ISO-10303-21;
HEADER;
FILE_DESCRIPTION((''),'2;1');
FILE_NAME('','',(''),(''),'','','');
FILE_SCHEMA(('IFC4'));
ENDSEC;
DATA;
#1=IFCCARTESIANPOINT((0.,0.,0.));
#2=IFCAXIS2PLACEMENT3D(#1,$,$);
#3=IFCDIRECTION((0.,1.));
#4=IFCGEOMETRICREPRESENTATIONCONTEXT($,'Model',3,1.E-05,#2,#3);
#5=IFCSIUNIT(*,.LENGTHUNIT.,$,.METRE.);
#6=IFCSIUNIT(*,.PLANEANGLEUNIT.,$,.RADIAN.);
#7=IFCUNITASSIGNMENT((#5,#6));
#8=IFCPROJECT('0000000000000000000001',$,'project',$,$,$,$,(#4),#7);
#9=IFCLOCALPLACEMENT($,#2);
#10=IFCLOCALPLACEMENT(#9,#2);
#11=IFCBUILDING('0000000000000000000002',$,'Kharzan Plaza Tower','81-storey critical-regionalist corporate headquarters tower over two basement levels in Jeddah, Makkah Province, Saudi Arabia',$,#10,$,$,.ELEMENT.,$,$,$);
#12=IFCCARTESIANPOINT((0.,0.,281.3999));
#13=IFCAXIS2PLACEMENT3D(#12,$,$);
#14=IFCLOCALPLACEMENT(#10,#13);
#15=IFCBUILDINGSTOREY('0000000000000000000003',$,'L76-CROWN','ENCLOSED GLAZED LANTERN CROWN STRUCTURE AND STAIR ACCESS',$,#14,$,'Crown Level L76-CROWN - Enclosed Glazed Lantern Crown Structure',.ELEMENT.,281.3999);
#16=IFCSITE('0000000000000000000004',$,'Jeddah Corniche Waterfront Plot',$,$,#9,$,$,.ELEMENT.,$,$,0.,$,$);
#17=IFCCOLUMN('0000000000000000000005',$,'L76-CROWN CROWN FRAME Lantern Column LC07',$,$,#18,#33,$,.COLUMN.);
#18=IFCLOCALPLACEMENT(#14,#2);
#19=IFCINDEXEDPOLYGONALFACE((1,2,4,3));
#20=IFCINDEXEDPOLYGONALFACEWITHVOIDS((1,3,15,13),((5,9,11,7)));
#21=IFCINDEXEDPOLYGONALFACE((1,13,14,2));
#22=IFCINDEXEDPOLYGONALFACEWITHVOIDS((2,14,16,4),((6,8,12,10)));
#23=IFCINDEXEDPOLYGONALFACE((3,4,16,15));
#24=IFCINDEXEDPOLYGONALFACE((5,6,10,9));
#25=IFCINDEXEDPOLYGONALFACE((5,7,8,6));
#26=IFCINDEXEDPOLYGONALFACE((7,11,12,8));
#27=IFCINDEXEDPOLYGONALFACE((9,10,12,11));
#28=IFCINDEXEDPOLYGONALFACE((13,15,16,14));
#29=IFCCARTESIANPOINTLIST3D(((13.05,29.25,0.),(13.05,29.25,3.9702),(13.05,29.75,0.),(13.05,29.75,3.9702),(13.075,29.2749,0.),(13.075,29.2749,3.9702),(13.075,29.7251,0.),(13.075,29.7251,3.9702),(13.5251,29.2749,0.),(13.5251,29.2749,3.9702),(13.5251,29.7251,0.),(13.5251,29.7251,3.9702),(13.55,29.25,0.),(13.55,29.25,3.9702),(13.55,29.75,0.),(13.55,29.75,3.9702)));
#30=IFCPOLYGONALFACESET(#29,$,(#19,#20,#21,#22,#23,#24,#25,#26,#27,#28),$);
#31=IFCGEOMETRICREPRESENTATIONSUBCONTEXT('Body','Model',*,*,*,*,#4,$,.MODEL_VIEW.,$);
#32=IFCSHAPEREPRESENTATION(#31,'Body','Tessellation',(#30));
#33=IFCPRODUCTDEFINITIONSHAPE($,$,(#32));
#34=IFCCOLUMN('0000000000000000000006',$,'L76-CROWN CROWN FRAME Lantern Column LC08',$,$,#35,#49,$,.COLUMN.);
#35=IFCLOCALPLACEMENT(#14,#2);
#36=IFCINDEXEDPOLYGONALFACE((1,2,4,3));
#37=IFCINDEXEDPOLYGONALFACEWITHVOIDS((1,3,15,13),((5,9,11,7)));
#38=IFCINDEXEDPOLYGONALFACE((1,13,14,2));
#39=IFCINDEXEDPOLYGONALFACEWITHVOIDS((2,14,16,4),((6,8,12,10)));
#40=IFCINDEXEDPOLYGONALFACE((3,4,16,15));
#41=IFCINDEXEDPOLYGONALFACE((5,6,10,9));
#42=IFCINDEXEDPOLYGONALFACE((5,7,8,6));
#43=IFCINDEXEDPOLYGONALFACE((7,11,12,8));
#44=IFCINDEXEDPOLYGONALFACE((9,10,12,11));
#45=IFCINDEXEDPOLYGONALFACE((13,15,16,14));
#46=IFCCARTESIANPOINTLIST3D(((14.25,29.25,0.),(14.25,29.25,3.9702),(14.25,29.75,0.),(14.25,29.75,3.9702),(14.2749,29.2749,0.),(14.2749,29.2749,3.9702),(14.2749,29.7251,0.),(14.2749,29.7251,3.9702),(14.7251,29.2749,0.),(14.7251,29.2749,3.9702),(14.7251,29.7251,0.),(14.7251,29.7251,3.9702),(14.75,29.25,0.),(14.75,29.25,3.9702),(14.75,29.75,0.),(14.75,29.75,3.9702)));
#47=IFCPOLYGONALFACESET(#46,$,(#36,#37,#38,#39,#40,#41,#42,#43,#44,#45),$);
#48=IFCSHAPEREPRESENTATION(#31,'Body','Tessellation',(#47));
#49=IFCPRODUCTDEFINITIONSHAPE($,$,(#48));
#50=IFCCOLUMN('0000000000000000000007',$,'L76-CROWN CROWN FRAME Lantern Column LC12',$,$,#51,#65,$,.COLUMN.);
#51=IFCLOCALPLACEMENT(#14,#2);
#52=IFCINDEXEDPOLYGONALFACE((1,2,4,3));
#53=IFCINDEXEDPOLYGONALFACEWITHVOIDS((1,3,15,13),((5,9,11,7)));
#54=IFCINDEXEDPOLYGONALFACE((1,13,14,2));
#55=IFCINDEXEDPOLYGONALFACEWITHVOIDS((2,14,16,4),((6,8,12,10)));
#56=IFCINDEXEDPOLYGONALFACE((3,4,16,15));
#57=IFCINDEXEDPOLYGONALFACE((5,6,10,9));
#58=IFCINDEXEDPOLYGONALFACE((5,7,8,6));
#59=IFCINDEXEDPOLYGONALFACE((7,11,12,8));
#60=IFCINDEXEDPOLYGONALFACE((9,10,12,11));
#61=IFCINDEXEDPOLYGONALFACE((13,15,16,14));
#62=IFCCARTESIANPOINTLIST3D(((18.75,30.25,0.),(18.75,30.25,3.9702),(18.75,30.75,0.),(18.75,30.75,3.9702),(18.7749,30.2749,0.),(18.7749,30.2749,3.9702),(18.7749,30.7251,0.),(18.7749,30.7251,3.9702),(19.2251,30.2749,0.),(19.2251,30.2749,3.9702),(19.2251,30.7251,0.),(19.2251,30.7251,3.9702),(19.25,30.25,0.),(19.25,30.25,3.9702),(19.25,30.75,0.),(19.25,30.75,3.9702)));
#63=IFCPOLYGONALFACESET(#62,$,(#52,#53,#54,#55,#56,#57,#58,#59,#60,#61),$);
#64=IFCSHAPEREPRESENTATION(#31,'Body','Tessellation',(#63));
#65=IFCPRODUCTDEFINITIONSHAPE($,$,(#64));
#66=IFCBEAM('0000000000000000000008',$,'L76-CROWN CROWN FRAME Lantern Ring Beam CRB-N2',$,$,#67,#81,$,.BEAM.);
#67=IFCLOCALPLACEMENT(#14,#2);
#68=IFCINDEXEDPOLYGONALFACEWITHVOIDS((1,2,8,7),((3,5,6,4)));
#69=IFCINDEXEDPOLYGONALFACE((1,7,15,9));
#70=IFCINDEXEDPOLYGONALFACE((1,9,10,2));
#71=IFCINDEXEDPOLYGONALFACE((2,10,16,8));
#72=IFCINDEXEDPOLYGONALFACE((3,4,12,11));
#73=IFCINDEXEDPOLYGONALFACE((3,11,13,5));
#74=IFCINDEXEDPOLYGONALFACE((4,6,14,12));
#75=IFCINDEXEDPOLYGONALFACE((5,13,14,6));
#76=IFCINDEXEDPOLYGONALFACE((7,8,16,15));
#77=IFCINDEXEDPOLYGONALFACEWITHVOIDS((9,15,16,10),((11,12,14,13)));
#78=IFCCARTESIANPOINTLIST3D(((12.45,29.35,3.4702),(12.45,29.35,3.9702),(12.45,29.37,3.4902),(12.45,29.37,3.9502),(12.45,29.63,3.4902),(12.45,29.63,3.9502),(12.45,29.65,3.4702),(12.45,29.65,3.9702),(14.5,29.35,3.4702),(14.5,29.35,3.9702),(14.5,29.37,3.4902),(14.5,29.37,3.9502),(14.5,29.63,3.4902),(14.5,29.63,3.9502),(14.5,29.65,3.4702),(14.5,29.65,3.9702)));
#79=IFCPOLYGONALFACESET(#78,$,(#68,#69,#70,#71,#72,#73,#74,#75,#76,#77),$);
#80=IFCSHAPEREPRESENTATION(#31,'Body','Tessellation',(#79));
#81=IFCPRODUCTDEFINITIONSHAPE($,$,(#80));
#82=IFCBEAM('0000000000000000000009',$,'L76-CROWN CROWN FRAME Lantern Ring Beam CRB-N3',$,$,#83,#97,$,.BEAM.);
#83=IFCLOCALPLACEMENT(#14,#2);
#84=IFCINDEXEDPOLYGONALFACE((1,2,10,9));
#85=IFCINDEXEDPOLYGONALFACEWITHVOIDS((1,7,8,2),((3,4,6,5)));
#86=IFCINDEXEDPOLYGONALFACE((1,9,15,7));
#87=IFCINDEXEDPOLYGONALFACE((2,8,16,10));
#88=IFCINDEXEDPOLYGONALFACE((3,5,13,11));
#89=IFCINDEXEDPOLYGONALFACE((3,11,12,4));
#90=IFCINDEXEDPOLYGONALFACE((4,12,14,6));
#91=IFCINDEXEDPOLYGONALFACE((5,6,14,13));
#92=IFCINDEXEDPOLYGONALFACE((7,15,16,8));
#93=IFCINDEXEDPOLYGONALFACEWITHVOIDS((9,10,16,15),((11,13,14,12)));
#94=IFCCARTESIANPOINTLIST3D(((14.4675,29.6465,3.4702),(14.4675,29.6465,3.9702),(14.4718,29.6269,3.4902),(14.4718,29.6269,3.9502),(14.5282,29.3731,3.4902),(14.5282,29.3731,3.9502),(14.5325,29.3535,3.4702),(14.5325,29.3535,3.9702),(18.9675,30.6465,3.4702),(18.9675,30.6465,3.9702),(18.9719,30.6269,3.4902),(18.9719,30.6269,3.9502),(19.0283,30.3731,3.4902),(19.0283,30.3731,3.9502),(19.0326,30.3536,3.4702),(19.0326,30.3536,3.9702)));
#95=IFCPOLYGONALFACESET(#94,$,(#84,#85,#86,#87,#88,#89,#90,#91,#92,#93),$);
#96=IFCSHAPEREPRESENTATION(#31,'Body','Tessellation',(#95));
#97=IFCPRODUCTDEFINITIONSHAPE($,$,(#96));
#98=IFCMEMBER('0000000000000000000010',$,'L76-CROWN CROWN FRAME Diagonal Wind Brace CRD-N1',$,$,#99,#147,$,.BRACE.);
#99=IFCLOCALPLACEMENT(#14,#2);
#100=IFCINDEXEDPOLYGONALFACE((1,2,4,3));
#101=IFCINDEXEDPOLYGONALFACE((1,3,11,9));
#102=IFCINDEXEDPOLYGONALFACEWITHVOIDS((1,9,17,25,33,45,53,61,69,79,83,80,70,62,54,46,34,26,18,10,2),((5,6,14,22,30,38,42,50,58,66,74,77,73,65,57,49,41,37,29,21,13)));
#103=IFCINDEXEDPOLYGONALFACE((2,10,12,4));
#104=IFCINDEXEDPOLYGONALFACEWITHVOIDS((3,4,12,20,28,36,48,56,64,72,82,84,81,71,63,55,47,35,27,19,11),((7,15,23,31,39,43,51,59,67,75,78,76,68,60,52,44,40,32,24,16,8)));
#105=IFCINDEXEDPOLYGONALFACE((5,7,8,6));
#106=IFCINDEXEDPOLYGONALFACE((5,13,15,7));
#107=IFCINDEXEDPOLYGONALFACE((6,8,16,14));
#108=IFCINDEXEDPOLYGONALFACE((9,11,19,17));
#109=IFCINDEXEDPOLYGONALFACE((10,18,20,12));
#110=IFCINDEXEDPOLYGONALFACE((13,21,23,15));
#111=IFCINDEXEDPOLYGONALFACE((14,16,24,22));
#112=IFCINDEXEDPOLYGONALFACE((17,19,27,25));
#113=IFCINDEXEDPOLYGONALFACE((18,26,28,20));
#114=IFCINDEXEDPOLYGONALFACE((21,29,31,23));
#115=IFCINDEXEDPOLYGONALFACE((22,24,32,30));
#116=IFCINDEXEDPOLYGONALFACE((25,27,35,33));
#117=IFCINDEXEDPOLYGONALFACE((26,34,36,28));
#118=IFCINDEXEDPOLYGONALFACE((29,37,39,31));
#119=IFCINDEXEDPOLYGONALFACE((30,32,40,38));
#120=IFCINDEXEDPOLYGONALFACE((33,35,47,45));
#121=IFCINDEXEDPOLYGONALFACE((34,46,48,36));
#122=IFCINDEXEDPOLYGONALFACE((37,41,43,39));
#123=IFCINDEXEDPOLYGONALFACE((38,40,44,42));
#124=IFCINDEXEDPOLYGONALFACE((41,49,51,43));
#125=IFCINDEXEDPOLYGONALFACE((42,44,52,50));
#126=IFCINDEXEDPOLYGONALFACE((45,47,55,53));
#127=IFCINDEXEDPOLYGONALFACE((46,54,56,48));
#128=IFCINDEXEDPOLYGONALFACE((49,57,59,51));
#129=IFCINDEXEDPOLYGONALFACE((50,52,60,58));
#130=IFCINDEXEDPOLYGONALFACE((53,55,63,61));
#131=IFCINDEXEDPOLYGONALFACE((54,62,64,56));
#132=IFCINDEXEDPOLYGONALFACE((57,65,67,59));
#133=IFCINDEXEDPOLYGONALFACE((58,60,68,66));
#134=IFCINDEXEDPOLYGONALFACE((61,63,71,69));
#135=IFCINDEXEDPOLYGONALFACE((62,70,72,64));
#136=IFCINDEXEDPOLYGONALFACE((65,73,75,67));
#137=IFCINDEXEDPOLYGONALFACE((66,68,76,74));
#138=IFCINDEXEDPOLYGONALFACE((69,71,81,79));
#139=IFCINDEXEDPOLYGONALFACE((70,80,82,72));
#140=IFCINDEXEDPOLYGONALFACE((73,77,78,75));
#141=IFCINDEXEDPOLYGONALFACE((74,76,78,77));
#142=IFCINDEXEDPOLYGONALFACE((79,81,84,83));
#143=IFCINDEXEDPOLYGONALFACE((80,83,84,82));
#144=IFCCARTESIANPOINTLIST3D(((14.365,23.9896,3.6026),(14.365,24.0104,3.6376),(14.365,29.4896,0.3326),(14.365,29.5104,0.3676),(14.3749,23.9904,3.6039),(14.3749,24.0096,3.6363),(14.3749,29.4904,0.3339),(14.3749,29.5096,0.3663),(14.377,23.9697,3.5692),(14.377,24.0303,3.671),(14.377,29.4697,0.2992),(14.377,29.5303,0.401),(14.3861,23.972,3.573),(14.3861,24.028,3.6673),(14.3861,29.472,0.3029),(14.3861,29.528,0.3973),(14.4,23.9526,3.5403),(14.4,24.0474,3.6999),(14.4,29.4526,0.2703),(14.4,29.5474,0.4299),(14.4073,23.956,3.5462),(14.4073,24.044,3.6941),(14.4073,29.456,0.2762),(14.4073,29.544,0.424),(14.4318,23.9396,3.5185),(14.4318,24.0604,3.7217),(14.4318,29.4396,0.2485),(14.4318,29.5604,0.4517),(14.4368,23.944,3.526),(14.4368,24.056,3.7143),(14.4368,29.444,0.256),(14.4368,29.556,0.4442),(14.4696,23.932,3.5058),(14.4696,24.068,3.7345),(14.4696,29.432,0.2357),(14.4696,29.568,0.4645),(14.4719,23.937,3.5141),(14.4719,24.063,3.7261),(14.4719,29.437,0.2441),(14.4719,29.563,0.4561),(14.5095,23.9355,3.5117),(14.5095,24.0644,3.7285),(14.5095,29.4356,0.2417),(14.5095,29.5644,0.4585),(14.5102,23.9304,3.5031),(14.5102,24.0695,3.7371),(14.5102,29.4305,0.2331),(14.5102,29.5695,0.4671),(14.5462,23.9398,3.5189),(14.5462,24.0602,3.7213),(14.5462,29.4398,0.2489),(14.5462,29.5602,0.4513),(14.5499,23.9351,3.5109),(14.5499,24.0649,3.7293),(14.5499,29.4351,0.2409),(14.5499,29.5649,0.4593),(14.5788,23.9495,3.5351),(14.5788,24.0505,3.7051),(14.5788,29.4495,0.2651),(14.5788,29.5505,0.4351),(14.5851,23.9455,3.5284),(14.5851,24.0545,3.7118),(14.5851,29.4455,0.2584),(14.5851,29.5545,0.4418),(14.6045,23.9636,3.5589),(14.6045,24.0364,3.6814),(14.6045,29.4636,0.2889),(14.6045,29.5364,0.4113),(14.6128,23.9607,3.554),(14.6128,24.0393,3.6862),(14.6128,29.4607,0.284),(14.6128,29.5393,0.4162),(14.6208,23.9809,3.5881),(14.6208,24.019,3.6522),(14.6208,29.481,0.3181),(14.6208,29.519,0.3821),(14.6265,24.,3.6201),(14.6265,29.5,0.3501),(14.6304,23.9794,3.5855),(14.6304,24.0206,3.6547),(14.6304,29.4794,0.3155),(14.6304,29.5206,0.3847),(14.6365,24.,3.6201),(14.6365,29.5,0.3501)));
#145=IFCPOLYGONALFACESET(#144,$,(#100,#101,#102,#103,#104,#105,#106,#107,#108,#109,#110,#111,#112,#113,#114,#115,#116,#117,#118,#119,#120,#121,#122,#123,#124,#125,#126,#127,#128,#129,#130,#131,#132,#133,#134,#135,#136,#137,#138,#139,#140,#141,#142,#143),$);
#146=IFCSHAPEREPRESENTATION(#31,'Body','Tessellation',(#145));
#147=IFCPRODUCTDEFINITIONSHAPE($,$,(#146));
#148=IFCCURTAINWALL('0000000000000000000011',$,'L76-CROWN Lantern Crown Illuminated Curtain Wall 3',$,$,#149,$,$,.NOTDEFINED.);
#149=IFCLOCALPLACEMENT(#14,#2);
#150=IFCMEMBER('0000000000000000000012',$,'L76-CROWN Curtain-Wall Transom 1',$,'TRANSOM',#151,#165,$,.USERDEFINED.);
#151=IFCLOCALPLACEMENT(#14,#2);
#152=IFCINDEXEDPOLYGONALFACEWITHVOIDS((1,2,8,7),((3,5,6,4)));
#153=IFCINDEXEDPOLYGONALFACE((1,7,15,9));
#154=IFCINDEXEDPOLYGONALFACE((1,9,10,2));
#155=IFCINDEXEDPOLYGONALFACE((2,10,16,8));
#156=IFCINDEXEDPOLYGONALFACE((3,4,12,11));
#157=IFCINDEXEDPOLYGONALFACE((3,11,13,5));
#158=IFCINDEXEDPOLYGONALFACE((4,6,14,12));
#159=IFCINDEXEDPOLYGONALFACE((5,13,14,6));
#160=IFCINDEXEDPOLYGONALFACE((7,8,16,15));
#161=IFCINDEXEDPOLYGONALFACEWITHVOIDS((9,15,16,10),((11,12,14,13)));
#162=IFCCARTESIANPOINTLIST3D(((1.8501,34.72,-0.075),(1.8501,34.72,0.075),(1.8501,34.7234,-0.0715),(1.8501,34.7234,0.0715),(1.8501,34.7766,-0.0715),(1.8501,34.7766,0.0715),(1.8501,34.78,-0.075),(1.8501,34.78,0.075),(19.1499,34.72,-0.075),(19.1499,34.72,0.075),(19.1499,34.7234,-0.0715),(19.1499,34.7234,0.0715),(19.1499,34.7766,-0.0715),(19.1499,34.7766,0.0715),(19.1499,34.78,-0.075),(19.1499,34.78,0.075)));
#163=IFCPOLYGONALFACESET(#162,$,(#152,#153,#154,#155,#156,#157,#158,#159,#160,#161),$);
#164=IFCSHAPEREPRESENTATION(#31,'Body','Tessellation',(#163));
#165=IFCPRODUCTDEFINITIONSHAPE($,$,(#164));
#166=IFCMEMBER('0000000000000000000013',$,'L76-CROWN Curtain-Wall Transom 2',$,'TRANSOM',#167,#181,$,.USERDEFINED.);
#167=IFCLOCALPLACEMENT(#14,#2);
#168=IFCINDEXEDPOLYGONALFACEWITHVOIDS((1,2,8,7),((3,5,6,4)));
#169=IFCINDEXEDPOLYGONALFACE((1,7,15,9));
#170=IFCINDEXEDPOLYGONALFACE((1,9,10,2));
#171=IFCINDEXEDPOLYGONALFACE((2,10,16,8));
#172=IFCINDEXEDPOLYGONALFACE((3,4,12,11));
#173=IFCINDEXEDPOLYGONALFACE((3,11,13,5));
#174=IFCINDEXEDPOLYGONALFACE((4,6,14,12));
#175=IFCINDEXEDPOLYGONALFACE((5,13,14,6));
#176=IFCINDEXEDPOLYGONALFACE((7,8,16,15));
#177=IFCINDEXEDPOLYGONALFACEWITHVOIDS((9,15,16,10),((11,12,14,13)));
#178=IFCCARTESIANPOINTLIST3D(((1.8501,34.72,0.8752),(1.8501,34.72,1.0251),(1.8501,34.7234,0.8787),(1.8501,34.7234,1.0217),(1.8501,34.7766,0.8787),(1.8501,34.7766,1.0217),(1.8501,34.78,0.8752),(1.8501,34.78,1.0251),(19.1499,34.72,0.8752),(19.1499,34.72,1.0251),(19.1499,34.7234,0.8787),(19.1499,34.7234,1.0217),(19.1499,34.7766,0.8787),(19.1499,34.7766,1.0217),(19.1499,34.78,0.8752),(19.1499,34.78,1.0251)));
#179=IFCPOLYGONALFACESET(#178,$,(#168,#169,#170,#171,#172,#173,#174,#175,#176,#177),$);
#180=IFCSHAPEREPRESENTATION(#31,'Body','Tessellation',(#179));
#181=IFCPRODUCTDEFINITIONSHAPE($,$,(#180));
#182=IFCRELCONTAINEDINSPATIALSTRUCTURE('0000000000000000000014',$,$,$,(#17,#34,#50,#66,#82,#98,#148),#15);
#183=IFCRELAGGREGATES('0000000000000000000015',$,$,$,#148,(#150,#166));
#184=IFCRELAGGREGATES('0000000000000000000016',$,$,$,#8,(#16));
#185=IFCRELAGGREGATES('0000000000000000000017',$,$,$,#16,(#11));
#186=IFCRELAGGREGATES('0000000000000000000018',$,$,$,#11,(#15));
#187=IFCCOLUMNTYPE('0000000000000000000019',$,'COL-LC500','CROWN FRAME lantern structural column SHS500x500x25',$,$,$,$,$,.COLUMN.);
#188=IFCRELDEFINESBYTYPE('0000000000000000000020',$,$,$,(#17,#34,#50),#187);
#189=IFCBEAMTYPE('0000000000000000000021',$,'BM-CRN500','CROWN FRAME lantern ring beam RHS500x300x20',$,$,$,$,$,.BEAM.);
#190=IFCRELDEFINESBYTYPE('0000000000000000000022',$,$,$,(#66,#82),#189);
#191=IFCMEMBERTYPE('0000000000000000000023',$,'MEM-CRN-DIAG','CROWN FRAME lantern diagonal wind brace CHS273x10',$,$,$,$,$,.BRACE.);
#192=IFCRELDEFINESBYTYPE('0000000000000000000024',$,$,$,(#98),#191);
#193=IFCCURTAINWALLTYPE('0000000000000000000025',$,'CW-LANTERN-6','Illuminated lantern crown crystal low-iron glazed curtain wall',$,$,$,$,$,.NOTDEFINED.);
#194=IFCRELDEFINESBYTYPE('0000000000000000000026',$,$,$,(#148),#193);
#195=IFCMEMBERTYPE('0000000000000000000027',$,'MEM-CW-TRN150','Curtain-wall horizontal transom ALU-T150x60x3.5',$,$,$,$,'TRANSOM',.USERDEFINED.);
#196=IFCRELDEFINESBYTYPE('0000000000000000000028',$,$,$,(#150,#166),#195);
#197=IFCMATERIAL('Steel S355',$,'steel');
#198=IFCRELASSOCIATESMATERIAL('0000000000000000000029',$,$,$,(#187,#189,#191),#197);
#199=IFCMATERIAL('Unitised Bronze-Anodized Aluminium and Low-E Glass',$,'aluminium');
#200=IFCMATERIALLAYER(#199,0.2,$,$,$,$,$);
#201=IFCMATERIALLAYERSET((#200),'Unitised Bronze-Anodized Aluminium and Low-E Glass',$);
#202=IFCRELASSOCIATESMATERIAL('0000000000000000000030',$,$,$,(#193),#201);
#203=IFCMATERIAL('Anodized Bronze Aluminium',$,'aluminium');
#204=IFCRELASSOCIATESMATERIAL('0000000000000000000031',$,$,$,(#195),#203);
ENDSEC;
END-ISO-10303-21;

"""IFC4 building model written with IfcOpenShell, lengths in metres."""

from ifc_helpers import new_model, si_unit, direction, frame, origin, origin_2d, place, context, subcontext, project, spatial, hollow_rectangle, hollow_circle, extrude, source, transform, mapped, material, layer, layer_set, material_profile, profile_set, type_object, element, aggregate, save


model = new_model("IFC4")

# Units and contexts
model_context = context("Model", 3, precision=1e-05, world=origin(), true_north=direction((0.0, 1.0)))
body_context = subcontext(model_context, "Body", "Model", "MODEL_VIEW")
ifc_project = project(units=[si_unit("LENGTHUNIT", "METRE"), si_unit("PLANEANGLEUNIT", "RADIAN")], contexts=[model_context])

# Site, building, storey
site_placement = place(None, origin())
site = spatial("IfcSite", under=ifc_project, at=site_placement, Name="Jeddah Corniche Waterfront Plot", CompositionType="ELEMENT", RefElevation=0.0)
building_placement = place(site_placement, origin())
building = spatial("IfcBuilding", under=site, at=building_placement, Name="Kharzan Plaza Tower", Description="81-storey critical-regionalist corporate headquarters tower over two basement levels in Jeddah, Makkah Province, Saudi Arabia", CompositionType="ELEMENT")
storey_placement = place(building_placement, frame((0.0, 0.0, 281.3999)))
storey = spatial("IfcBuildingStorey", under=building, at=storey_placement, Name="L76-CROWN", Description="ENCLOSED GLAZED LANTERN CROWN STRUCTURE AND STAIR ACCESS", LongName="Crown Level L76-CROWN - Enclosed Glazed Lantern Crown Structure", CompositionType="ELEMENT", Elevation=281.3999)

# Columns
ifc_material_1 = material(Name="Steel S355", Category="steel")
ifc_material_profile_1 = material_profile(ifc_material_1, hollow_rectangle(XDim=0.5, YDim=0.5, WallThickness=0.0249, at=origin_2d()), Name="SHS500x500x25")
ifc_profile_set_1 = profile_set([ifc_material_profile_1], Name="Steel S355")
column_type = type_object("IfcColumnType", Name="COL-LC500", Description="CROWN FRAME lantern structural column SHS500x500x25", PredefinedType="COLUMN", material=ifc_profile_set_1)
shared_shape_1 = source(origin(), body_context, "Body", "SweptSolid", [
    extrude(hollow_rectangle(XDim=0.5, YDim=0.5, WallThickness=0.0249, at=origin_2d()), origin(), (0.0, 0.0, 1.0), 3.9702),
])
for number, where, z_axis, x_axis, name in (
    (1, (13.3, 29.5, 0.0), (0.0, 0.0, 1.0), (1.0, 0.0, 0.0), "L76-CROWN CROWN FRAME Lantern Column LC07"),
    (2, (14.5, 29.5, 0.0), (0.0, 0.0, 1.0), (1.0, 0.0, 0.0), "L76-CROWN CROWN FRAME Lantern Column LC08"),
    (3, (19.0, 30.5, 0.0), (0.0, 0.0, 1.0), (1.0, 0.0, 0.0), "L76-CROWN CROWN FRAME Lantern Column LC12"),
):
    element("IfcColumn", number, at=place(storey_placement, frame(where, z_axis=z_axis, x_axis=x_axis)), inside=storey, type_object=column_type, Name=name, PredefinedType="COLUMN", context=body_context, shape_type="MappedRepresentation", body=[
        mapped(shared_shape_1, transform((0.0, 0.0, 0.0), x_axis=(1.0, 0.0, 0.0), y_axis=(0.0, 1.0, 0.0), z_axis=(0.0, 0.0, 1.0))),
    ])

# Beams
ifc_material_profile_2 = material_profile(ifc_material_1, hollow_rectangle(XDim=0.3, YDim=0.5, WallThickness=0.02, at=origin_2d()), Name="RHS500x300x20")
ifc_profile_set_2 = profile_set([ifc_material_profile_2], Name="Steel S355")
beam_type = type_object("IfcBeamType", Name="BM-CRN500", Description="CROWN FRAME lantern ring beam RHS500x300x20", PredefinedType="BEAM", material=ifc_profile_set_2)
shared_shape_2 = source(origin(), body_context, "Body", "SweptSolid", [
    extrude(hollow_rectangle(XDim=0.3, YDim=0.5, WallThickness=0.02, at=origin_2d()), origin(), (0.0, 0.0, 1.0), 2.05),
])
beam_1_placement = place(storey_placement, frame((12.45, 29.5, 3.7202), z_axis=(1.0, 0.0, 0.0), x_axis=(0.0, 1.0, 0.0)))
element("IfcBeam", 4, at=beam_1_placement, inside=storey, type_object=beam_type, Name="L76-CROWN CROWN FRAME Lantern Ring Beam CRB-N2", PredefinedType="BEAM", context=body_context, shape_type="MappedRepresentation", body=[
    mapped(shared_shape_2, transform((0.0, 0.0, 0.0), x_axis=(1.0, 0.0, 0.0), y_axis=(0.0, 1.0, 0.0), z_axis=(0.0, 0.0, 1.0))),
])
shared_shape_3 = source(origin(), body_context, "Body", "SweptSolid", [
    extrude(hollow_rectangle(XDim=0.3, YDim=0.5, WallThickness=0.02, at=origin_2d()), origin(), (0.0, 0.0, 1.0), 4.6099),
])
beam_2_placement = place(storey_placement, frame((14.5, 29.5, 3.7202), z_axis=(0.976187, 0.21693, 0.0), x_axis=(-0.21693, 0.976187, 0.0)))
element("IfcBeam", 5, at=beam_2_placement, inside=storey, type_object=beam_type, Name="L76-CROWN CROWN FRAME Lantern Ring Beam CRB-N3", PredefinedType="BEAM", context=body_context, shape_type="MappedRepresentation", body=[
    mapped(shared_shape_3, transform((0.0, 0.0, 0.0), x_axis=(1.0, 0.0, 0.0), y_axis=(0.0, 1.0, 0.0), z_axis=(0.0, 0.0, 1.0))),
])

# Member
ifc_material_profile_3 = material_profile(ifc_material_1, hollow_circle(Radius=0.1365, WallThickness=0.01, at=origin_2d()), Name="CHS273x10")
ifc_profile_set_3 = profile_set([ifc_material_profile_3], Name="Steel S355")
member_type_1 = type_object("IfcMemberType", Name="MEM-CRN-DIAG", Description="CROWN FRAME lantern diagonal wind brace CHS273x10", PredefinedType="BRACE", material=ifc_profile_set_3)
shared_shape_4 = source(origin(), body_context, "Body", "SweptSolid", [
    extrude(hollow_circle(Radius=0.1365, WallThickness=0.01, at=origin_2d()), origin(), (0.0, 0.0, 1.0), 6.3987),
])
member_1_placement = place(storey_placement, frame((14.5, 29.5, 0.3501), z_axis=(0.0, -0.859553, 0.511046), x_axis=(1.0, 0.0, 0.0)))
element("IfcMember", 6, at=member_1_placement, inside=storey, type_object=member_type_1, Name="L76-CROWN CROWN FRAME Diagonal Wind Brace CRD-N1", PredefinedType="BRACE", context=body_context, shape_type="MappedRepresentation", body=[
    mapped(shared_shape_4, transform((0.0, 0.0, 0.0), x_axis=(1.0, 0.0, 0.0), y_axis=(0.0, 1.0, 0.0), z_axis=(0.0, 0.0, 1.0))),
])

# Curtain wall, members
ifc_material_2 = material(Name="Unitised Bronze-Anodized Aluminium and Low-E Glass", Category="aluminium")
ifc_layer_1 = layer(ifc_material_2, 0.2)
ifc_layer_set_1 = layer_set([ifc_layer_1], Name="Unitised Bronze-Anodized Aluminium and Low-E Glass")
curtain_wall_type = type_object("IfcCurtainWallType", Name="CW-LANTERN-6", Description="Illuminated lantern crown crystal low-iron glazed curtain wall", PredefinedType="NOTDEFINED", material=ifc_layer_set_1)
curtain_wall_1_placement = place(storey_placement, origin())
curtain_wall_1 = element("IfcCurtainWall", 7, at=curtain_wall_1_placement, inside=storey, type_object=curtain_wall_type, Name="L76-CROWN Lantern Crown Illuminated Curtain Wall 3", PredefinedType="NOTDEFINED")
ifc_material_3 = material(Name="Anodized Bronze Aluminium", Category="aluminium")
ifc_material_profile_4 = material_profile(ifc_material_3, hollow_rectangle(XDim=0.0601, YDim=0.1499, WallThickness=0.0034, at=origin_2d()), Name="ALU-T150x60x3.5")
ifc_profile_set_4 = profile_set([ifc_material_profile_4], Name="Anodized Bronze Aluminium")
member_type_2 = type_object("IfcMemberType", Name="MEM-CW-TRN150", Description="Curtain-wall horizontal transom ALU-T150x60x3.5", ElementType="TRANSOM", PredefinedType="USERDEFINED", material=ifc_profile_set_4)
shared_shape_5 = source(origin(), body_context, "Body", "SweptSolid", [
    extrude(hollow_rectangle(XDim=0.0601, YDim=0.1499, WallThickness=0.0034, at=origin_2d()), origin(), (0.0, 0.0, 1.0), 17.2998),
])
member_2_placement = place(storey_placement, frame((19.1499, 34.75, 0.0), z_axis=(-1.0, 0.0, 0.0), x_axis=(0.0, -1.0, 0.0)))
member_2 = element("IfcMember", 8, at=member_2_placement, type_object=member_type_2, Name="L76-CROWN Curtain-Wall Transom 1", ObjectType="TRANSOM", PredefinedType="USERDEFINED", context=body_context, shape_type="MappedRepresentation", body=[
    mapped(shared_shape_5, transform((0.0, 0.0, 0.0), x_axis=(1.0, 0.0, 0.0), y_axis=(0.0, 1.0, 0.0), z_axis=(0.0, 0.0, 1.0))),
])
member_3_placement = place(storey_placement, frame((19.1499, 34.75, 0.9502), z_axis=(-1.0, 0.0, 0.0), x_axis=(0.0, -1.0, 0.0)))
member_3 = element("IfcMember", 9, at=member_3_placement, type_object=member_type_2, Name="L76-CROWN Curtain-Wall Transom 2", ObjectType="TRANSOM", PredefinedType="USERDEFINED", context=body_context, shape_type="MappedRepresentation", body=[
    mapped(shared_shape_5, transform((0.0, 0.0, 0.0), x_axis=(1.0, 0.0, 0.0), y_axis=(0.0, 1.0, 0.0), z_axis=(0.0, 0.0, 1.0))),
])

aggregate(curtain_wall_1, [member_2, member_3])

save(model, "model.ifc")
